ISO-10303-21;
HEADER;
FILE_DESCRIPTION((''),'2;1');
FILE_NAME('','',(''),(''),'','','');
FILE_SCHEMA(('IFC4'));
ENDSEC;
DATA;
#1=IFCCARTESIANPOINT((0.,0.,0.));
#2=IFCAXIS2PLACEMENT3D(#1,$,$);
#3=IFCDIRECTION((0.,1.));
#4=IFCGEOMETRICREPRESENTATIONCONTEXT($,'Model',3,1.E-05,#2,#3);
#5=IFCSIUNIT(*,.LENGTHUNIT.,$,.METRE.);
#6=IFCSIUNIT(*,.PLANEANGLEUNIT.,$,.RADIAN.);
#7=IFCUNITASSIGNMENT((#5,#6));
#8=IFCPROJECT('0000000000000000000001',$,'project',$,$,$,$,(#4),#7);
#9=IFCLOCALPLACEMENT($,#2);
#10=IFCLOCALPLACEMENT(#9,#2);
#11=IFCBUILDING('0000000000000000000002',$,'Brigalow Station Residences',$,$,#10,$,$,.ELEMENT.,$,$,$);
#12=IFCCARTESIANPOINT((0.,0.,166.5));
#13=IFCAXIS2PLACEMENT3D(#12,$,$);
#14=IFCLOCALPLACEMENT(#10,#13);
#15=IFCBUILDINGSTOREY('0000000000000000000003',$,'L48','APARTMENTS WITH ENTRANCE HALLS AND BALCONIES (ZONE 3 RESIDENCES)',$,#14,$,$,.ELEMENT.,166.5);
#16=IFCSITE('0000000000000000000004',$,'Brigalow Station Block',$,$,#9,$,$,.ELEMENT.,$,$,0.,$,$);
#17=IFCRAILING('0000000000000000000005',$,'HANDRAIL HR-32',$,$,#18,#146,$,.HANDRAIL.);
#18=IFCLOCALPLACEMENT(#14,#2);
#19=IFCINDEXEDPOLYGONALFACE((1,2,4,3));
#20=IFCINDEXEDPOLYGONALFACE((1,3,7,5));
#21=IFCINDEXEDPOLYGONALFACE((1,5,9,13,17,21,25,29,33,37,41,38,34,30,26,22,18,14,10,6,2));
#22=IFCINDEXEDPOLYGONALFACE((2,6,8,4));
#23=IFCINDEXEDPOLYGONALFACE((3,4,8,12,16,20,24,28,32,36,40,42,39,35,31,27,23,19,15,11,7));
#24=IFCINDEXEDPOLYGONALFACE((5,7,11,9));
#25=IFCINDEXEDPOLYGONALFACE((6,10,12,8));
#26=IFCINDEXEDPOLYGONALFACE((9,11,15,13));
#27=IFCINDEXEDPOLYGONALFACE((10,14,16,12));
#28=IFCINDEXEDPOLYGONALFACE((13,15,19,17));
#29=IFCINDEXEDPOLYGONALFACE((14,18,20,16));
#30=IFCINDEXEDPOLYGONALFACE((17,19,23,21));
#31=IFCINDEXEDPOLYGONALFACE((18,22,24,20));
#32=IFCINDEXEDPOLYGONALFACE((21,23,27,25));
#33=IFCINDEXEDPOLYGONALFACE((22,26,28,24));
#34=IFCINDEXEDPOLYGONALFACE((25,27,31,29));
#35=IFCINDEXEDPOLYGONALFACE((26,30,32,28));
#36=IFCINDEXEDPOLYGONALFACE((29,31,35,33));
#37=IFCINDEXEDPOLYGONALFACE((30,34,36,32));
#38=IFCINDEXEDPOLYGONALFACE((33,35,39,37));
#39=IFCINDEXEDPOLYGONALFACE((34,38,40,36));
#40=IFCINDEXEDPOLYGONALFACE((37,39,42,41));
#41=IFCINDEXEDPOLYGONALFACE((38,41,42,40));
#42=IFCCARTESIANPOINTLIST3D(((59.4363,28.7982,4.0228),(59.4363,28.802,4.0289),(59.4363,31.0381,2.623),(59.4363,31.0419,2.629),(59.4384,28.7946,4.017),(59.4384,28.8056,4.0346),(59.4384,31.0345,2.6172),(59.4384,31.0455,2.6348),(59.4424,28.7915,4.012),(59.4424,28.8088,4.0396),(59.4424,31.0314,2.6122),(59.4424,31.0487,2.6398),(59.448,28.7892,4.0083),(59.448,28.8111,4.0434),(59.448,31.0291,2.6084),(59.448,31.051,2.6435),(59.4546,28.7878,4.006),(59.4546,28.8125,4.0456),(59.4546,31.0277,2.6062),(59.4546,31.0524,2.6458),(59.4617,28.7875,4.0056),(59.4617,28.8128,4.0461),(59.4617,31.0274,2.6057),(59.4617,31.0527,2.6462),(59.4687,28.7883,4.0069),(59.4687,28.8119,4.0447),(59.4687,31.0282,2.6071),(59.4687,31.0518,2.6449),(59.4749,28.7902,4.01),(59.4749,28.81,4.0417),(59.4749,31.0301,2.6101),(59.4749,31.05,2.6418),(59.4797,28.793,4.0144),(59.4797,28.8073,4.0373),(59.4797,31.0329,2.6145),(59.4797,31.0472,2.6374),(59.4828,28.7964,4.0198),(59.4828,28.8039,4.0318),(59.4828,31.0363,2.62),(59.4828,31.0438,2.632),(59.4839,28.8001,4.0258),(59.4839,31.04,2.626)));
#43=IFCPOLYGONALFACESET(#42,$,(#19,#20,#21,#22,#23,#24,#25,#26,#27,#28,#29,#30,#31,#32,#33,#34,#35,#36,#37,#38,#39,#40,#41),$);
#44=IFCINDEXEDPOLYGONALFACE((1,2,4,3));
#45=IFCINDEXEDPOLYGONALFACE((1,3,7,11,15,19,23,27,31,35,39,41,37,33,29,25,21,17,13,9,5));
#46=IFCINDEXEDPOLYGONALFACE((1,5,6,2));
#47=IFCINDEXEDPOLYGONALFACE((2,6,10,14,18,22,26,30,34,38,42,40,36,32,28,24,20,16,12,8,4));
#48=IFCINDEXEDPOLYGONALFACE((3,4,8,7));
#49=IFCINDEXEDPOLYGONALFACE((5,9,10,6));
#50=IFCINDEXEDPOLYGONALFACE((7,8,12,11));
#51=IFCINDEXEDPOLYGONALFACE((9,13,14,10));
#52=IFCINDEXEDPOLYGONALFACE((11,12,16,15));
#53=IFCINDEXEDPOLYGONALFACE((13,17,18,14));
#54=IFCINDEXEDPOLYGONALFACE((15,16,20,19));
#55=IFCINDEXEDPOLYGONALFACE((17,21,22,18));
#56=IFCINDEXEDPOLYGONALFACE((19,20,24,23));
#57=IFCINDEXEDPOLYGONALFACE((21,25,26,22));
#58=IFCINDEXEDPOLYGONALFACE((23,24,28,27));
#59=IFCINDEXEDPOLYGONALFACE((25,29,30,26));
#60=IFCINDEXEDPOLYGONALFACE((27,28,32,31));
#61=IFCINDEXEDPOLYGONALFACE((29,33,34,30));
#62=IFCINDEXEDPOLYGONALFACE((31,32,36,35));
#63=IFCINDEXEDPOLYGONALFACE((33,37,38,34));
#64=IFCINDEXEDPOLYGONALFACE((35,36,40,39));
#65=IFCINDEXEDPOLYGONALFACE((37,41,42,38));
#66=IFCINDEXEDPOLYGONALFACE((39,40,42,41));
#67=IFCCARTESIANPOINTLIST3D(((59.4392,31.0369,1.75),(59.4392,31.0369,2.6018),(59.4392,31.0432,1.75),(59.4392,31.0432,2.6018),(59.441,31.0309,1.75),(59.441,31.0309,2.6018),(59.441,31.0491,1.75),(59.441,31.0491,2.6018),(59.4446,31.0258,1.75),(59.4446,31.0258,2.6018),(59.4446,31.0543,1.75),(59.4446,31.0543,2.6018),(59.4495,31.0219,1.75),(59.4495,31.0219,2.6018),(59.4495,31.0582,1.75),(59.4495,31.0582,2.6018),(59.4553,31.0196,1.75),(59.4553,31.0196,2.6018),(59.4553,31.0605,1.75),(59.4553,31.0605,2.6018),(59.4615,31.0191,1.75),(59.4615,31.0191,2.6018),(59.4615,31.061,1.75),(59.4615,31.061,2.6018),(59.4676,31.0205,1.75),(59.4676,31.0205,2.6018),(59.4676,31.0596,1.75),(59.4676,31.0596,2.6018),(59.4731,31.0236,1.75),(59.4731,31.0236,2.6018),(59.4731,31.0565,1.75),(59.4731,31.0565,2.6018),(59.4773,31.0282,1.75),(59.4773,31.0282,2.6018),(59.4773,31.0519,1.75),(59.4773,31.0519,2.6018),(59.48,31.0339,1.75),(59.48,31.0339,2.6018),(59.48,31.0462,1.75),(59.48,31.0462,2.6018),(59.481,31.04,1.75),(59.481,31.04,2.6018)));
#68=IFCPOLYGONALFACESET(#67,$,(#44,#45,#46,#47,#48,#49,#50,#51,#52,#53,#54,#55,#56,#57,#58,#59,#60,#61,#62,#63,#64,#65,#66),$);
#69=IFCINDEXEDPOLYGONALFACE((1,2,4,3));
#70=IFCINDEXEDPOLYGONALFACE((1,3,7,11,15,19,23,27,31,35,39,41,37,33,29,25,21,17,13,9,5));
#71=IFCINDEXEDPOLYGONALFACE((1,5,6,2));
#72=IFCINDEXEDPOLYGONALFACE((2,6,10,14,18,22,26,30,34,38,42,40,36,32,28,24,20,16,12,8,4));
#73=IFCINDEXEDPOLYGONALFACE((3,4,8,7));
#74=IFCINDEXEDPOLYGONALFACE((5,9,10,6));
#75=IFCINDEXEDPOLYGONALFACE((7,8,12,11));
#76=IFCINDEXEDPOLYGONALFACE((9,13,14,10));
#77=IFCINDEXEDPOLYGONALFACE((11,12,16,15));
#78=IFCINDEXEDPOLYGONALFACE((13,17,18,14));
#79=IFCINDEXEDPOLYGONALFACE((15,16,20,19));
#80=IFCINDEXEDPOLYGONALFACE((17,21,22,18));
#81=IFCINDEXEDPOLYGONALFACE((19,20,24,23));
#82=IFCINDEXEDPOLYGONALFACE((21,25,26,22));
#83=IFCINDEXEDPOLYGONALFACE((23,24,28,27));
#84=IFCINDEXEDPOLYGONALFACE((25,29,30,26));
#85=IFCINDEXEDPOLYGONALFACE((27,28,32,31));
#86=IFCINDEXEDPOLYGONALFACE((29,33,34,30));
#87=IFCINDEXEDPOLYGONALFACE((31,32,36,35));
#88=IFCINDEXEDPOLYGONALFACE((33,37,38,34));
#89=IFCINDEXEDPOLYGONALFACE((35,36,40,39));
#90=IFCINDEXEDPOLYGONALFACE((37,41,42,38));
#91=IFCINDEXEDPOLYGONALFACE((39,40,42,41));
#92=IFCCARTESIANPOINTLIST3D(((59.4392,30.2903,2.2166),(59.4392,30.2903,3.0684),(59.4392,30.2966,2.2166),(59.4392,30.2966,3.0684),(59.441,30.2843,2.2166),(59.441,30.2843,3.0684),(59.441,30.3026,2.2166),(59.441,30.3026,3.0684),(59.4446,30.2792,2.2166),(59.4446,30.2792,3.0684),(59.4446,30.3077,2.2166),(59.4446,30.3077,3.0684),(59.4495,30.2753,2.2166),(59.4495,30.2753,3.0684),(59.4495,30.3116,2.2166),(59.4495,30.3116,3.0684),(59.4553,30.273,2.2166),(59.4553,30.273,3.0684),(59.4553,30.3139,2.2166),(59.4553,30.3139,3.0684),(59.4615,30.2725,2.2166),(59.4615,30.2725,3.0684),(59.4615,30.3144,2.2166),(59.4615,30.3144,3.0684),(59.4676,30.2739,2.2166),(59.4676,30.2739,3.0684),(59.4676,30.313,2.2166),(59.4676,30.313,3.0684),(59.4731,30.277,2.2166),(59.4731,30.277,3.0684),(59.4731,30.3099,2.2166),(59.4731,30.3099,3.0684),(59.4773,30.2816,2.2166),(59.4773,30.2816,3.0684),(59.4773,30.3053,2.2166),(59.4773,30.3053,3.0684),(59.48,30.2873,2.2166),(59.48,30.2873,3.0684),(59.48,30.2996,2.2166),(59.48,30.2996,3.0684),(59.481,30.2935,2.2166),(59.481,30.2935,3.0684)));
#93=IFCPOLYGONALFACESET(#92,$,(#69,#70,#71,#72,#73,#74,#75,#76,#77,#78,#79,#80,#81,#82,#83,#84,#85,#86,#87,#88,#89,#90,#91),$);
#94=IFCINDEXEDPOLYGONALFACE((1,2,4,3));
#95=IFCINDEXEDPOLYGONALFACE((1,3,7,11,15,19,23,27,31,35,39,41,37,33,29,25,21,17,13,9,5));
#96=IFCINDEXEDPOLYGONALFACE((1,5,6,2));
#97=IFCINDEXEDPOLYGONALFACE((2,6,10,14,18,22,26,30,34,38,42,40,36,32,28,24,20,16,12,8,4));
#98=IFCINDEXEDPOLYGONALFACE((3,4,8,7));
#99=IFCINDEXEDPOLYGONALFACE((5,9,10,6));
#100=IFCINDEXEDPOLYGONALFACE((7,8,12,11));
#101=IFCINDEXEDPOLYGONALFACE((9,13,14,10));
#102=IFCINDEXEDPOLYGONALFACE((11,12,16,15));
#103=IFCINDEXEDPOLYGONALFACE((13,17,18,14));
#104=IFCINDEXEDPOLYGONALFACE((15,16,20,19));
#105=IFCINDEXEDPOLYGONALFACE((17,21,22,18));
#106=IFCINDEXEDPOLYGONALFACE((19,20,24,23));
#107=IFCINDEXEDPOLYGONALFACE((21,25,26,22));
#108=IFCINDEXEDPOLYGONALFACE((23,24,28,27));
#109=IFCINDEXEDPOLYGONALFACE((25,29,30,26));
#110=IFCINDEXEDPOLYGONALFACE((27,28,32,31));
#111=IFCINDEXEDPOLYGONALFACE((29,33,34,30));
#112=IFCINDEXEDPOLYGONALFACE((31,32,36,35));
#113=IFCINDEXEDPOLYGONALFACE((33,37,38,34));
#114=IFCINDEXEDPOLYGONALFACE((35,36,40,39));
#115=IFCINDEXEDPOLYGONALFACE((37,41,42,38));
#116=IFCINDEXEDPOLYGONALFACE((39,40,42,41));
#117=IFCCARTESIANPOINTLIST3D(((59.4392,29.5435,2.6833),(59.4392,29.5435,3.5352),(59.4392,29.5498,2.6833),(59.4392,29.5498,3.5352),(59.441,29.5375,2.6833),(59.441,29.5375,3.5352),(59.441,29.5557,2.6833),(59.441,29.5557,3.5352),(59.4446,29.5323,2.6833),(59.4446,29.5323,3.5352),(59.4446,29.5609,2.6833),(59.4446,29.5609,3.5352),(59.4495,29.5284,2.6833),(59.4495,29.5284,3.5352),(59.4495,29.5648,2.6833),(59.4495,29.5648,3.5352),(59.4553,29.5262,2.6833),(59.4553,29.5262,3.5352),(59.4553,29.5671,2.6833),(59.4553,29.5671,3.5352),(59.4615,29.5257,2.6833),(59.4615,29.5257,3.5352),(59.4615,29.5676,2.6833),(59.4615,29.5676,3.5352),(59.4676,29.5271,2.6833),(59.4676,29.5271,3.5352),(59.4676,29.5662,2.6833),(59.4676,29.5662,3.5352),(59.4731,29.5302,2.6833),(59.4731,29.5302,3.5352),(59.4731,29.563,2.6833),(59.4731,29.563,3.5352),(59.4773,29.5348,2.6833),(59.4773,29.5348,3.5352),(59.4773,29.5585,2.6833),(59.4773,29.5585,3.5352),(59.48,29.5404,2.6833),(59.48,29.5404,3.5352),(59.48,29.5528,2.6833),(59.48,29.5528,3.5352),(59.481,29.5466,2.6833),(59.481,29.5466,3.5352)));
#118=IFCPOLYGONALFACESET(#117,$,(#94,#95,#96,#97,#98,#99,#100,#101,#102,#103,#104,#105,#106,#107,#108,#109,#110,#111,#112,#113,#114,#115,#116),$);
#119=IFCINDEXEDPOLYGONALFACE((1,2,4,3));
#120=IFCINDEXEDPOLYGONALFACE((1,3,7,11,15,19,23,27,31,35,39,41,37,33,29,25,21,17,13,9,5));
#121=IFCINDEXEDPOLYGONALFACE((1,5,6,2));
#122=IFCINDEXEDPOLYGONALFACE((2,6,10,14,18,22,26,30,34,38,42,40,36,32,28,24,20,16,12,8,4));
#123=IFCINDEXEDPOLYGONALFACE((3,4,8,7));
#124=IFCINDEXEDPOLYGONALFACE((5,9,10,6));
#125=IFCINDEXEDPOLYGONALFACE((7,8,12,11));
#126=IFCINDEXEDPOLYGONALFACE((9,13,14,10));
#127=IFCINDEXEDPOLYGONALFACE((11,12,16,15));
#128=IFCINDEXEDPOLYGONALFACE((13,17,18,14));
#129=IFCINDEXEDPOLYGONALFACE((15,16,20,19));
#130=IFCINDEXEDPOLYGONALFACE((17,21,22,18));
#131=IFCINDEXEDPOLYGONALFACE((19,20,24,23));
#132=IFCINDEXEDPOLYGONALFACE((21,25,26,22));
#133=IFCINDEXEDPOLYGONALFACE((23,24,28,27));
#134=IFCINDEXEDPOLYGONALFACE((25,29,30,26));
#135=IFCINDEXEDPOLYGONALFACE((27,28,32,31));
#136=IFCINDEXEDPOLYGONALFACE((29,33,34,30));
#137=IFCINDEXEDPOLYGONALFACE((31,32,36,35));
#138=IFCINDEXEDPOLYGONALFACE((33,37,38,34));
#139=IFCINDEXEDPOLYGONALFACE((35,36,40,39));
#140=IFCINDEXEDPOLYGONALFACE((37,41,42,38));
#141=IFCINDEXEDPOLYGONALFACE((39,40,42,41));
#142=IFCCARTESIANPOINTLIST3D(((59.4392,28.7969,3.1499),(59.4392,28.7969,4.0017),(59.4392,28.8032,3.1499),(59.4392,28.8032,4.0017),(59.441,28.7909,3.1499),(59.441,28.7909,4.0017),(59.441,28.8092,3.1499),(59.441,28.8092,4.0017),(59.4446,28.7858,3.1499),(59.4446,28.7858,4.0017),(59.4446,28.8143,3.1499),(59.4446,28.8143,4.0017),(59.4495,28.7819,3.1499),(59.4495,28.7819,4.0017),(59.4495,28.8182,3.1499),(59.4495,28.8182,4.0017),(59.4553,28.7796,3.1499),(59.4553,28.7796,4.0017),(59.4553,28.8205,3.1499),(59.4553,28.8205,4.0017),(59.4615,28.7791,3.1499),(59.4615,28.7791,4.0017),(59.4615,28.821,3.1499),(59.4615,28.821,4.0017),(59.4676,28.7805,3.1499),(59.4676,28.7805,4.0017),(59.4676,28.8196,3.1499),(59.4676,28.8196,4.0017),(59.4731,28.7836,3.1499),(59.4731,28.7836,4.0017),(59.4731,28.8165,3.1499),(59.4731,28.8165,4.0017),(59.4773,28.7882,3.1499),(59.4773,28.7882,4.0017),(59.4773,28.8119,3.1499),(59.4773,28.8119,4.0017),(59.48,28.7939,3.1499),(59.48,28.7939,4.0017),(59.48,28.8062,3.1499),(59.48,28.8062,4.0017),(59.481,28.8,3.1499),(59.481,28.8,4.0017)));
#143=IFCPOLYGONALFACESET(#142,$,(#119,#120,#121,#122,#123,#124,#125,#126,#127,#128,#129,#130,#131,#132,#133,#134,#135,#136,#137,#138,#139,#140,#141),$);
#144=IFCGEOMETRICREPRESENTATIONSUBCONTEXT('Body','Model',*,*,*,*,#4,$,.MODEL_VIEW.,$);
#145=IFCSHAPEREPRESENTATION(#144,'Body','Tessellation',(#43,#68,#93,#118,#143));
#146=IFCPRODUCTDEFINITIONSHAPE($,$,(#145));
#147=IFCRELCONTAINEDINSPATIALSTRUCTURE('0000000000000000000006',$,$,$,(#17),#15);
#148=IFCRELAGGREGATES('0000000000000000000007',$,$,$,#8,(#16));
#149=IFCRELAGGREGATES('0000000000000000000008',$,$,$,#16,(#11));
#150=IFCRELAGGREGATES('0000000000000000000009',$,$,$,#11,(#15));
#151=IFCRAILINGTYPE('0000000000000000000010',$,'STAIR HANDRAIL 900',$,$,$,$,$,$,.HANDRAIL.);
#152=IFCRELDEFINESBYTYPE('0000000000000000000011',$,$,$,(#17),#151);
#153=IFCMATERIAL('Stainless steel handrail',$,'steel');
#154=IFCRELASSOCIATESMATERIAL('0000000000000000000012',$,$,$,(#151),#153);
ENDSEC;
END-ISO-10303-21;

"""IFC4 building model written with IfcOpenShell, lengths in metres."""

from ifc_helpers import new_model, si_unit, direction, frame, origin, origin_2d, place, context, subcontext, project, spatial, circle, extrude, material, type_object, element, save


model = new_model("IFC4")

# Units and contexts
model_context = context("Model", 3, precision=1e-05, world=origin(), true_north=direction((0.0, 1.0)))
body_context = subcontext(model_context, "Body", "Model", "MODEL_VIEW")
ifc_project = project(units=[si_unit("LENGTHUNIT", "METRE"), si_unit("PLANEANGLEUNIT", "RADIAN")], contexts=[model_context])

# Site, building, storey
site_placement = place(None, origin())
site = spatial("IfcSite", under=ifc_project, at=site_placement, Name="Brigalow Station Block", CompositionType="ELEMENT", RefElevation=0.0)
building_placement = place(site_placement, origin())
building = spatial("IfcBuilding", under=site, at=building_placement, Name="Brigalow Station Residences", CompositionType="ELEMENT")
storey_placement = place(building_placement, frame((0.0, 0.0, 166.5)))
storey = spatial("IfcBuildingStorey", under=building, at=storey_placement, Name="L48", Description="APARTMENTS WITH ENTRANCE HALLS AND BALCONIES (ZONE 3 RESIDENCES)", CompositionType="ELEMENT", Elevation=166.5)

# Railing
ifc_material_1 = material(Name="Stainless steel handrail", Category="steel")
railing_type_1 = type_object("IfcRailingType", Name="STAIR HANDRAIL 900", PredefinedType="HANDRAIL", material=ifc_material_1)
railing_1_placement = place(storey_placement, frame((59.46, 31.04, 1.75)))
element("IfcRailing", 1, at=railing_1_placement, inside=storey, type_object=railing_type_1, Name="HANDRAIL HR-32", PredefinedType="HANDRAIL", context=body_context, shape_type="SweptSolid", body=[
    extrude(circle(Radius=0.0239, at=origin_2d()), frame((0.0, 0.0, 0.876), z_axis=(0.0, -0.848014, 0.529974), x_axis=(1.0, 0.0, 0.0)), (0.0, 0.0, 1.0), 2.6414),
    extrude(circle(Radius=0.021, at=origin_2d()), origin(), (0.0, 0.0, 1.0), 0.8518),
    extrude(circle(Radius=0.021, at=origin_2d()), frame((0.0, -0.7466, 0.4666)), (0.0, 0.0, 1.0), 0.8518),
    extrude(circle(Radius=0.021, at=origin_2d()), frame((0.0, -1.4934, 0.9333)), (0.0, 0.0, 1.0), 0.8518),
    extrude(circle(Radius=0.021, at=origin_2d()), frame((0.0, -2.24, 1.3999)), (0.0, 0.0, 1.0), 0.8518),
])

save(model, "model.ifc")
